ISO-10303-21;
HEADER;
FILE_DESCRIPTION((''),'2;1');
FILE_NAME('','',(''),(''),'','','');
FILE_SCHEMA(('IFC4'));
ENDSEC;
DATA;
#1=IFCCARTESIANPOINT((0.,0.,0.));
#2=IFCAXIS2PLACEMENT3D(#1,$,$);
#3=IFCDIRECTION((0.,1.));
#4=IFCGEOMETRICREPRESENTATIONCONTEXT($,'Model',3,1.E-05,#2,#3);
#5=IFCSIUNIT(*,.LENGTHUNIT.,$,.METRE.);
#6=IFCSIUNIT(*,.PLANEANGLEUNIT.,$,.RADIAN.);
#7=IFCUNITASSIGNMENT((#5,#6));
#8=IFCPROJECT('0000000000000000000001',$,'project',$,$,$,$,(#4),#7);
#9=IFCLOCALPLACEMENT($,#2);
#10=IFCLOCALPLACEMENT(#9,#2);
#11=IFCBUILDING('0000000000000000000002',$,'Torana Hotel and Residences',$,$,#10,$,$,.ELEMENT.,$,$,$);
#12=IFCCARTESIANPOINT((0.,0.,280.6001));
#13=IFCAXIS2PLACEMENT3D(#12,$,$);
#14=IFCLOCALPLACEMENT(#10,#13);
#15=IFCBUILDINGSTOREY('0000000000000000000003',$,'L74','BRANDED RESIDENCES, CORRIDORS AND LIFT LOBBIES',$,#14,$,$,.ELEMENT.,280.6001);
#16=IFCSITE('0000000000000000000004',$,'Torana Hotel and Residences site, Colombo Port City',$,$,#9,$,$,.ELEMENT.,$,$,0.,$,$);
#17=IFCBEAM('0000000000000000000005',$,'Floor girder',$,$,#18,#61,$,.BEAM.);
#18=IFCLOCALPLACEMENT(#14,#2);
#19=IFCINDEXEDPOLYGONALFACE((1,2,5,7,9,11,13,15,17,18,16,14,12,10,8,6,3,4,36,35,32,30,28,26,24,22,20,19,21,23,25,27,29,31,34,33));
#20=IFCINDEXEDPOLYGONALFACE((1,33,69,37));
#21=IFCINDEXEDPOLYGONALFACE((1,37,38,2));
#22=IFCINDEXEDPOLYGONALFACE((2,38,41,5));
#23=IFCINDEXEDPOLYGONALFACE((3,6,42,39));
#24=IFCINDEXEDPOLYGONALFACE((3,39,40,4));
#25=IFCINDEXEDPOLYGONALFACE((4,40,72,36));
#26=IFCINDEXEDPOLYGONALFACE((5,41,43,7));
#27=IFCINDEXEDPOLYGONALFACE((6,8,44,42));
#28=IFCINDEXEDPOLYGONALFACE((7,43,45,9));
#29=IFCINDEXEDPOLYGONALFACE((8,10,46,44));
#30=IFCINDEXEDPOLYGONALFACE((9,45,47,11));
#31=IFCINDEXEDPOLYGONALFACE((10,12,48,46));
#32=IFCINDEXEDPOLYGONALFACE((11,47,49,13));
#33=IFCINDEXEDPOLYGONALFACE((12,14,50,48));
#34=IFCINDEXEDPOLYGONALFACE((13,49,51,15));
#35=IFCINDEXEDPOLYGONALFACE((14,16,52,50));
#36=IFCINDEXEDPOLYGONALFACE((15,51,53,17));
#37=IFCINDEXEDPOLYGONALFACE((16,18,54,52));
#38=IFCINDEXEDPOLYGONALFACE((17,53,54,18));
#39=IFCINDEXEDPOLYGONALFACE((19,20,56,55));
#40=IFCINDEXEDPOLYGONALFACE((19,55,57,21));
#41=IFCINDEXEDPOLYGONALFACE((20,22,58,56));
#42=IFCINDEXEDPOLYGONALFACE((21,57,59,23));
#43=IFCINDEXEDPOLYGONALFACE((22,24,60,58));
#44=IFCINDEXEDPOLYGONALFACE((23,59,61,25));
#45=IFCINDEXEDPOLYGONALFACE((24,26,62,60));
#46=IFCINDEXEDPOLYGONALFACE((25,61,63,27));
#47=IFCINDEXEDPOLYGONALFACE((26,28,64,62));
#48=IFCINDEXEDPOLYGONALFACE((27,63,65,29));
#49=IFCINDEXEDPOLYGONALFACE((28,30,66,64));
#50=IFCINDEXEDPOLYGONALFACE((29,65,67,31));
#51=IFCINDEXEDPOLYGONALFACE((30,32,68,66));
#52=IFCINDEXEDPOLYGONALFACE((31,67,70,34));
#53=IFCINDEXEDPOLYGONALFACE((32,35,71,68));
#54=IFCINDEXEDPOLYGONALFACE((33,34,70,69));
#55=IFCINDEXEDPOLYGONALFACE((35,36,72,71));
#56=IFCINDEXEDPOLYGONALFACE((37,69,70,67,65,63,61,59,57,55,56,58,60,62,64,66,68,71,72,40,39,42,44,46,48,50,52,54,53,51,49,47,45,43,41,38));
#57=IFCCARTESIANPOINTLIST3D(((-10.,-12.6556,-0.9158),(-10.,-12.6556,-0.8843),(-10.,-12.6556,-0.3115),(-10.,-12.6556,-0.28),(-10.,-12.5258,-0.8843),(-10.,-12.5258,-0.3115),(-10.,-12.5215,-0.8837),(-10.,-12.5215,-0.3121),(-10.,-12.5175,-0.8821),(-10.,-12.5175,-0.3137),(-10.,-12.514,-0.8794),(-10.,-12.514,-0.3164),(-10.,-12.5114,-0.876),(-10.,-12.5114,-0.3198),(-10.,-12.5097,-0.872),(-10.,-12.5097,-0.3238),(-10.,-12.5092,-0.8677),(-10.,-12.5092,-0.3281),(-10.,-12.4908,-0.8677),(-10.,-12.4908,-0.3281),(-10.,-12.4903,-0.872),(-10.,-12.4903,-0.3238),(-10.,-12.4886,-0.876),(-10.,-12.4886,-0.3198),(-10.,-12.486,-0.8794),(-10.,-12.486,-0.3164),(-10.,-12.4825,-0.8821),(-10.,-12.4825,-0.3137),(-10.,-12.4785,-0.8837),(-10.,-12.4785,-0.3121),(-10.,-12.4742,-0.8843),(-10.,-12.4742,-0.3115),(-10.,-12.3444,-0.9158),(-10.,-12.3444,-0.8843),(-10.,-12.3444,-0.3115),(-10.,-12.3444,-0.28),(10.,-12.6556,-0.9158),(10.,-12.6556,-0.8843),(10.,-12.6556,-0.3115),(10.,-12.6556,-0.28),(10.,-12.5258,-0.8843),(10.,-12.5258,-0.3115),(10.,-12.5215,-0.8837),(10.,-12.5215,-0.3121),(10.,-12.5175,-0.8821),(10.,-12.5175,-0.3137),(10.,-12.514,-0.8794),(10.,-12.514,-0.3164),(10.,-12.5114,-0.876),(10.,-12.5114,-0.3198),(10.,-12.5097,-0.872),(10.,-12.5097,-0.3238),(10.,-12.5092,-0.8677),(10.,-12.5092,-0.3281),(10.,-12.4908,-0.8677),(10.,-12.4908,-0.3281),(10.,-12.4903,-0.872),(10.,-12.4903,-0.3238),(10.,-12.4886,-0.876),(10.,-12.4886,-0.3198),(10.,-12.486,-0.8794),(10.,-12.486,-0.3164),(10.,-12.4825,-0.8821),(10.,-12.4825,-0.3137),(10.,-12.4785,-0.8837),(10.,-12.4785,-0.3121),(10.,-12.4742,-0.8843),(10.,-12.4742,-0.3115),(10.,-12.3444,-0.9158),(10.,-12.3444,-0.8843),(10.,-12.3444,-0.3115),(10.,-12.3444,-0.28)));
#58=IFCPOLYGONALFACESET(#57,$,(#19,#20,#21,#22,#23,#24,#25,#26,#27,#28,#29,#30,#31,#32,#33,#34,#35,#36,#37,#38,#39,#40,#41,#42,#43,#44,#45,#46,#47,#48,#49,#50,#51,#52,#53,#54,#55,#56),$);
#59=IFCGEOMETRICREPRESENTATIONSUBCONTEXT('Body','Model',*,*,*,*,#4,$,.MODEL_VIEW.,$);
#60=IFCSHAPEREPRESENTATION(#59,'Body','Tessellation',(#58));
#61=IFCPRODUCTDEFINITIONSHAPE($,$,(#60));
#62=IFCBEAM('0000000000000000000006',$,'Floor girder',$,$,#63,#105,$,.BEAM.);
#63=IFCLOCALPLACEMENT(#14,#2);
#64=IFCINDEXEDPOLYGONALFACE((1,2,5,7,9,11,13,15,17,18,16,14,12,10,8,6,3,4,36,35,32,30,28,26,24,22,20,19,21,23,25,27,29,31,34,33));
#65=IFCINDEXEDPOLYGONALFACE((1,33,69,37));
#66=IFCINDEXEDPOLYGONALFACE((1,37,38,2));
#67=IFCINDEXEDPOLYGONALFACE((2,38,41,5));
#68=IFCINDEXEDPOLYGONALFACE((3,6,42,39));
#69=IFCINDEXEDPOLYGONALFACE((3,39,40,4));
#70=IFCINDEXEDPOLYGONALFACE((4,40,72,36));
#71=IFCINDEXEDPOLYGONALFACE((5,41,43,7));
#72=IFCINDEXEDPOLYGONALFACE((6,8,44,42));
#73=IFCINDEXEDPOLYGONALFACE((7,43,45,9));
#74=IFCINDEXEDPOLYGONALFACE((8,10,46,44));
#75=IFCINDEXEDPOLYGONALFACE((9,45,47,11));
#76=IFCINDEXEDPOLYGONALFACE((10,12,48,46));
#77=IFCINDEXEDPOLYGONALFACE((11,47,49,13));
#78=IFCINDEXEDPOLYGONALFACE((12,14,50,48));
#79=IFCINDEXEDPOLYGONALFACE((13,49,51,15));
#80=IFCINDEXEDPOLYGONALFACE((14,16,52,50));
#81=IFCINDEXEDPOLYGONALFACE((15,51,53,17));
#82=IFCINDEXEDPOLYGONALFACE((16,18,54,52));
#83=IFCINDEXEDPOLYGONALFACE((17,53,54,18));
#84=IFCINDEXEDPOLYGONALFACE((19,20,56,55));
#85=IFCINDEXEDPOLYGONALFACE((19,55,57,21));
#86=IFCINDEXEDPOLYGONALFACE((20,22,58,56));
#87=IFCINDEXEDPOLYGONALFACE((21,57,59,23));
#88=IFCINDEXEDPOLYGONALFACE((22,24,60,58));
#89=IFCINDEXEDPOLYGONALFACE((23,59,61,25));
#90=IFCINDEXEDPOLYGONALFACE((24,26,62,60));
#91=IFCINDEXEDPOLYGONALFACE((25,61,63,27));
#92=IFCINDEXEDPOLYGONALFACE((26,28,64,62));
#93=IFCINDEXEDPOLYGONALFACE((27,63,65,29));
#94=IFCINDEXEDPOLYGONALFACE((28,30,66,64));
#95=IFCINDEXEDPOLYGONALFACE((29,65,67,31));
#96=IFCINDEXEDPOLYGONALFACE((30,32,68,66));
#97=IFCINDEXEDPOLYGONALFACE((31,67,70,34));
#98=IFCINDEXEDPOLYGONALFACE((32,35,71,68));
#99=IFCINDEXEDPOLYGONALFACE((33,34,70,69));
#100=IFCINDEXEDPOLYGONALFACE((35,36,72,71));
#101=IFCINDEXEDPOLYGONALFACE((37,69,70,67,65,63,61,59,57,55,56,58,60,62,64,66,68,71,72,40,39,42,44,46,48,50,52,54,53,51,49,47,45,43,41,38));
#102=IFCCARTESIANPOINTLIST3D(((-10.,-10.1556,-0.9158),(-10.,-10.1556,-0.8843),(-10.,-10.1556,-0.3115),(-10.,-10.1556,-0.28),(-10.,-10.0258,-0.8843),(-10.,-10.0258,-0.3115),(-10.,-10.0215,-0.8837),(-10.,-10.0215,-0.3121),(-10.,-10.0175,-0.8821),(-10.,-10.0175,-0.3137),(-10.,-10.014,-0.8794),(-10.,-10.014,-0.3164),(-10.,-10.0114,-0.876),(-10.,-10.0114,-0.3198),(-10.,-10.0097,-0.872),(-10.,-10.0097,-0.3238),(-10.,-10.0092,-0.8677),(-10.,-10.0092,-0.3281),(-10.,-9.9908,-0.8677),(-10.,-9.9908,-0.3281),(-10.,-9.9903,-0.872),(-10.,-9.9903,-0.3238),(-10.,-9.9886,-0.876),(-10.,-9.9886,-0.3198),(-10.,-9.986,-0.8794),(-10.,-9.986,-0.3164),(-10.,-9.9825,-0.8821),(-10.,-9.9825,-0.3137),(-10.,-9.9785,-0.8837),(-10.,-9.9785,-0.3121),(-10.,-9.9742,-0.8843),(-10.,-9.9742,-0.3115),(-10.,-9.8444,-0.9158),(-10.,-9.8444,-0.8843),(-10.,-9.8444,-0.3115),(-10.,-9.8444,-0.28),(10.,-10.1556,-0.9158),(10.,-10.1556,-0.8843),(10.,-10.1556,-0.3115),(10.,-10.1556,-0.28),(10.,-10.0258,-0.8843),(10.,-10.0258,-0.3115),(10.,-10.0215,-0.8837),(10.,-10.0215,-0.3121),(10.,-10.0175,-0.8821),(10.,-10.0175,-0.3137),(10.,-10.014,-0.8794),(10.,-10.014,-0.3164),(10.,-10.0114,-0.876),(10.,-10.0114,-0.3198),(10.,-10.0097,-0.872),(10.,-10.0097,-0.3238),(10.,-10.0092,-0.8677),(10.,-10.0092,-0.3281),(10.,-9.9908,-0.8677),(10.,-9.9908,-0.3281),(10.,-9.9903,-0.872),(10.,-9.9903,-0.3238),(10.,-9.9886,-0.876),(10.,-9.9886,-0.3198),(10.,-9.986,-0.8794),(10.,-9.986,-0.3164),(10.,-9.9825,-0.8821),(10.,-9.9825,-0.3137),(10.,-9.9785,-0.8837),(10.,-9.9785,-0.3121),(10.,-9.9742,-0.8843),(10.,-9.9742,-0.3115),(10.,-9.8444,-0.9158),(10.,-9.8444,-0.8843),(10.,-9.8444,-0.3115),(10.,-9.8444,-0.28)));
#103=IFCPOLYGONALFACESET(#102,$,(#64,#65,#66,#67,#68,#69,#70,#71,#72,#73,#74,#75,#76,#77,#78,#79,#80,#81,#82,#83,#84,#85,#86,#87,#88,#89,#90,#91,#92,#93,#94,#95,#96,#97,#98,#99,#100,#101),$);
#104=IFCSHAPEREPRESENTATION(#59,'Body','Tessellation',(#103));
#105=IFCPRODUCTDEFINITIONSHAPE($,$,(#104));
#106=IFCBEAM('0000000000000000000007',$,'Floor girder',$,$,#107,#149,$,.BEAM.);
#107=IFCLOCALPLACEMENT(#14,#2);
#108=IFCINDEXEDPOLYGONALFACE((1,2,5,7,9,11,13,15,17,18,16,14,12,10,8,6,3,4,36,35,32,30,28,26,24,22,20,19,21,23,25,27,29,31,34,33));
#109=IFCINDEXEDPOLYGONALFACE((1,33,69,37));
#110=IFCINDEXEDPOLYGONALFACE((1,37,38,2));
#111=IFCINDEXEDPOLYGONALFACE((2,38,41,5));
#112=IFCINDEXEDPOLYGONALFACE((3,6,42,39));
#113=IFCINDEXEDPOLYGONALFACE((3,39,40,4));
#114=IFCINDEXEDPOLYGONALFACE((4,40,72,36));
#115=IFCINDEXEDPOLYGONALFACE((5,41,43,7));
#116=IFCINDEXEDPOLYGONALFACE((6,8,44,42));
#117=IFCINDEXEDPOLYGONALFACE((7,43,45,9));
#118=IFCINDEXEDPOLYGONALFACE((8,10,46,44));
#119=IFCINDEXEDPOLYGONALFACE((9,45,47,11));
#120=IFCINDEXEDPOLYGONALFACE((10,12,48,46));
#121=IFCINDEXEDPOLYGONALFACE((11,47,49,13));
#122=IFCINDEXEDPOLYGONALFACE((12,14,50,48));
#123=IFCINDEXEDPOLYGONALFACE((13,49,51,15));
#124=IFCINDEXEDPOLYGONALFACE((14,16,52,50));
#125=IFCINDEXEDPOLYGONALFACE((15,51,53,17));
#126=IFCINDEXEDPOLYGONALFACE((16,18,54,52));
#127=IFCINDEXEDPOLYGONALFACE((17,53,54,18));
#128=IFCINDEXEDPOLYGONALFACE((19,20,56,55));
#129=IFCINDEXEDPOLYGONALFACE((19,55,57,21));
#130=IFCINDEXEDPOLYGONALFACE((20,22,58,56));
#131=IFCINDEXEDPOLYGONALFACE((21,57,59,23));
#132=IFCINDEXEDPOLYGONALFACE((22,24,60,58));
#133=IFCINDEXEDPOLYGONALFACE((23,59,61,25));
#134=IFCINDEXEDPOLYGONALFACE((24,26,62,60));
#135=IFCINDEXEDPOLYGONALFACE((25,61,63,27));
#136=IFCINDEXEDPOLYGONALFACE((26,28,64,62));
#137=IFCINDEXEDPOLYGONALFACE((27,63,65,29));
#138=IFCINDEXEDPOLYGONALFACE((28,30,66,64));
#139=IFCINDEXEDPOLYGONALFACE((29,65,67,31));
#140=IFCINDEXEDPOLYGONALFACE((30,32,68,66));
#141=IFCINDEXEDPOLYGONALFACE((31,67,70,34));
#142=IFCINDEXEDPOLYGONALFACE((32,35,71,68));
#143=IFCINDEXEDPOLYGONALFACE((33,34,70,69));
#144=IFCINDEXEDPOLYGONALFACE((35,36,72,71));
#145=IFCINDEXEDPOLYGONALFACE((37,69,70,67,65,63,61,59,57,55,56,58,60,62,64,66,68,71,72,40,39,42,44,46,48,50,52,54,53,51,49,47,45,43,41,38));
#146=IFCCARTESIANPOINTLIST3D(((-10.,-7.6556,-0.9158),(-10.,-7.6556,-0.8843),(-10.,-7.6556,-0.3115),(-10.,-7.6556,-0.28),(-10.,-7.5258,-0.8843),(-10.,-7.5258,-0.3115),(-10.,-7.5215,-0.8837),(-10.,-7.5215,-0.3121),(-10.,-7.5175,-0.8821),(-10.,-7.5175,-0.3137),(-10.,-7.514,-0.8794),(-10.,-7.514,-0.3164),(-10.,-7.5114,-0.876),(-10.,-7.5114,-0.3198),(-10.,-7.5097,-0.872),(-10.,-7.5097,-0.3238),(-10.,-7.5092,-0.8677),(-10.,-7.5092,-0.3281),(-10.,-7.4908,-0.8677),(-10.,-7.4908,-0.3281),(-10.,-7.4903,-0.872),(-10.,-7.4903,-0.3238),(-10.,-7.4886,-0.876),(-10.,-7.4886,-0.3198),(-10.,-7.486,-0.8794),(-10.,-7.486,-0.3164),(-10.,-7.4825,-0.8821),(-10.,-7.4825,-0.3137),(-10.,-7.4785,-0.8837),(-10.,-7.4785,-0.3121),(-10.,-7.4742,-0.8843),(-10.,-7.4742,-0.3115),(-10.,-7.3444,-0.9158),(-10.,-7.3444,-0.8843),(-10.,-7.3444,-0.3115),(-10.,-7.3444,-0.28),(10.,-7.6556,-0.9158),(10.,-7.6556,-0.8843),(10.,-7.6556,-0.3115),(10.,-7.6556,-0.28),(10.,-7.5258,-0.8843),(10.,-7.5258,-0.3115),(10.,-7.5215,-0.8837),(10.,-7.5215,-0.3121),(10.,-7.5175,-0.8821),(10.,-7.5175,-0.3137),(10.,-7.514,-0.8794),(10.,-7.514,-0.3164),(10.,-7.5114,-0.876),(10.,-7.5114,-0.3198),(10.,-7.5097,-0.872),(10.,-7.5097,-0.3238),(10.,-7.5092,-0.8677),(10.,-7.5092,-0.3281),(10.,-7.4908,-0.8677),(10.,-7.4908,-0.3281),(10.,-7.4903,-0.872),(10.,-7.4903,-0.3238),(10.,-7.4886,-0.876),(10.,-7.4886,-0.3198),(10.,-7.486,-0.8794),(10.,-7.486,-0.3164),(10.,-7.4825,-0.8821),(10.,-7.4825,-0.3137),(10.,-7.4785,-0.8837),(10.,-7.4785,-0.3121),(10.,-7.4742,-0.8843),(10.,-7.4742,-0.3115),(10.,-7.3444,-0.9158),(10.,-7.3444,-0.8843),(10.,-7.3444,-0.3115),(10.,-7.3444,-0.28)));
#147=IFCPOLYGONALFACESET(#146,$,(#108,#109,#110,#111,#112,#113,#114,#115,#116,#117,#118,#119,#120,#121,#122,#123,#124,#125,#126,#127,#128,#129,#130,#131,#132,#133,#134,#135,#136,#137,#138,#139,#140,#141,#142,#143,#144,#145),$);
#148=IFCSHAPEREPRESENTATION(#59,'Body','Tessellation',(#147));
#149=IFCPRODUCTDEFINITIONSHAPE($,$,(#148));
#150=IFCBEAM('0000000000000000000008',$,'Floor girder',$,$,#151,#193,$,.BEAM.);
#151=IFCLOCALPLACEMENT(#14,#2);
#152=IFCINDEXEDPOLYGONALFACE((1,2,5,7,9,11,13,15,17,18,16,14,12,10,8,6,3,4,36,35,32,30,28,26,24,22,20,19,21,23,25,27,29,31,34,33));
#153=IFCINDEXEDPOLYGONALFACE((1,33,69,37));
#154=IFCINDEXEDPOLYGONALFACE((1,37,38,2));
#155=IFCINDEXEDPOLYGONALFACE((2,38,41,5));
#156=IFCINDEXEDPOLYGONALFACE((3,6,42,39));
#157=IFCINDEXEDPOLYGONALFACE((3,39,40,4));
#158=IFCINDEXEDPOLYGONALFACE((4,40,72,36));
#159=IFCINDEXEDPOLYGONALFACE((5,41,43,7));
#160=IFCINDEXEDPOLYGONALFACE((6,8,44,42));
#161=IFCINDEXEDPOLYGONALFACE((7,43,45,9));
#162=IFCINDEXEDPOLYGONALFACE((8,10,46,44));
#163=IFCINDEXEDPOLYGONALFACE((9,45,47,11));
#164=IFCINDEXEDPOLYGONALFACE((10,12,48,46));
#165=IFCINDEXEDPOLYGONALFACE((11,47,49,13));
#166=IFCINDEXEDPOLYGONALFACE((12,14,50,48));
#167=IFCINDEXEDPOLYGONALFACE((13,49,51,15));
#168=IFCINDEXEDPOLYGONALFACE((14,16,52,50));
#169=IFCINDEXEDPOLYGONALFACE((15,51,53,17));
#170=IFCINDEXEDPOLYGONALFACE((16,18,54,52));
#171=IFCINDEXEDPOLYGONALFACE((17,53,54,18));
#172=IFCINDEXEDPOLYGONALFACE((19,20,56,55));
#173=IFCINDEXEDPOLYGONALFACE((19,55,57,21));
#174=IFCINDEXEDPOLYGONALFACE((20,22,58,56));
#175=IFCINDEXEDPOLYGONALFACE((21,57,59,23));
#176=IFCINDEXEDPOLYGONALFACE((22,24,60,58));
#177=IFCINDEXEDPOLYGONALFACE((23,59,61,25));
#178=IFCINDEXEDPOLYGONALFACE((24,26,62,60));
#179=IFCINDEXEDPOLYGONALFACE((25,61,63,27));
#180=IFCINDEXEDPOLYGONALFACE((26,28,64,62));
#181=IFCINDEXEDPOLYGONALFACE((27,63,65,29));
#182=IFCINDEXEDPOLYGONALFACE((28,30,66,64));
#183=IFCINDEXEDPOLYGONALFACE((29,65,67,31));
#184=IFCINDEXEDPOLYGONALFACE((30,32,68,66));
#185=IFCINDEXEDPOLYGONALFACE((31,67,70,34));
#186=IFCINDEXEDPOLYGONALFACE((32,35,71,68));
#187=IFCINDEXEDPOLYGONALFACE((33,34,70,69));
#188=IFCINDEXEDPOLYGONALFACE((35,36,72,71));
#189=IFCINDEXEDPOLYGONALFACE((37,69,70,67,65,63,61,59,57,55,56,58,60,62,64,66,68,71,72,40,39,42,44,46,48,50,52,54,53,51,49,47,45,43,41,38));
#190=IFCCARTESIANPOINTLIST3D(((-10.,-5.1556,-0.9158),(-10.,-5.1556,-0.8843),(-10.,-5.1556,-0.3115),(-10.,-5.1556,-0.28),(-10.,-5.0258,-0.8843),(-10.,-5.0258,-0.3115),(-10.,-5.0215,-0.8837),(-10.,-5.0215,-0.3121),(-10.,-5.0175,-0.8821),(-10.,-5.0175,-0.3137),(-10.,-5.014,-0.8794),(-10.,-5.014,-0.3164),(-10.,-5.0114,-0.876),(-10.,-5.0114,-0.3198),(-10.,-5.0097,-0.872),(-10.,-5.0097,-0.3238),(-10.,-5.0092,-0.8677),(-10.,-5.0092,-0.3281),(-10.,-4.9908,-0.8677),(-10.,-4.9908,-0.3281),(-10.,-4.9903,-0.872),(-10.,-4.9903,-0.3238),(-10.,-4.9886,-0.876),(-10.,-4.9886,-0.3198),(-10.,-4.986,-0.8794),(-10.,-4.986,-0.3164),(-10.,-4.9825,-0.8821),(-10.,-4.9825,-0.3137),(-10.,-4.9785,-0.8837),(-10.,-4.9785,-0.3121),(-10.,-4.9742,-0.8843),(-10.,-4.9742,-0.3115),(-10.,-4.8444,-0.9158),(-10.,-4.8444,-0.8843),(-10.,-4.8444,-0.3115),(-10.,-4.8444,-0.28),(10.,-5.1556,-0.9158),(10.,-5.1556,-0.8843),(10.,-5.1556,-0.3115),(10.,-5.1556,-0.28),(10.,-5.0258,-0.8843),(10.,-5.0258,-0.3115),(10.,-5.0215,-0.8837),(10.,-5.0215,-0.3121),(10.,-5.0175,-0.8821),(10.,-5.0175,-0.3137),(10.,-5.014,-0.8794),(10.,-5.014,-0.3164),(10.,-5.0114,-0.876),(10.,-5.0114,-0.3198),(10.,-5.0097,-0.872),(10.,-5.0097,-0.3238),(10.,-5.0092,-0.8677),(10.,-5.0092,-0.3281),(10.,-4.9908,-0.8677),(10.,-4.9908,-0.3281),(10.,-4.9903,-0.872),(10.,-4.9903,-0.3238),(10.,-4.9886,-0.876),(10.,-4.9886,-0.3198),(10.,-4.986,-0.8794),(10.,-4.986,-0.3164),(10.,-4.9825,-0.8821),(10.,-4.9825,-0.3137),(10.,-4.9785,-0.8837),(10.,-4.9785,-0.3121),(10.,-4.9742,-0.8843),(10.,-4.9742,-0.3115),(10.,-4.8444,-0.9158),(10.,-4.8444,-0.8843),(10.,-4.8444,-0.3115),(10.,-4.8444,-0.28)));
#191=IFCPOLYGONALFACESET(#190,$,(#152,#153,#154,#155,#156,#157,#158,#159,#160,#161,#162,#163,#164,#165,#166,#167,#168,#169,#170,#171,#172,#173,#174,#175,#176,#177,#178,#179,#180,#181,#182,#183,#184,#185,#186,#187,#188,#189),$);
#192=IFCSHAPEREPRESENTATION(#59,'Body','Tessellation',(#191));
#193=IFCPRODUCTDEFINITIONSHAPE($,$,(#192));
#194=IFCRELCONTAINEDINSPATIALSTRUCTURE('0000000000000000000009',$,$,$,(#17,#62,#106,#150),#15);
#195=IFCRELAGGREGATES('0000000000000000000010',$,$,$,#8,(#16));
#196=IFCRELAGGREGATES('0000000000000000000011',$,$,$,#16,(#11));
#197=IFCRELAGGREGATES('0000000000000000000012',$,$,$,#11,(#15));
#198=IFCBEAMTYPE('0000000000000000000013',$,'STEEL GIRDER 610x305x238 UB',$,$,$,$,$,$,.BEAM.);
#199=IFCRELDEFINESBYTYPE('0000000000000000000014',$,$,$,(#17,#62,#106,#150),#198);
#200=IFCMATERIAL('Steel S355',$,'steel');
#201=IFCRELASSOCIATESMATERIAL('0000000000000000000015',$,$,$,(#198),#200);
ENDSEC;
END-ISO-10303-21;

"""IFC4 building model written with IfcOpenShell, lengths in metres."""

from ifc_helpers import new_model, si_unit, direction, frame, origin, origin_2d, place, context, subcontext, project, spatial, i_section, extrude, material, material_profile, profile_set, type_object, element, save


model = new_model("IFC4")

# Units and contexts
model_context = context("Model", 3, precision=1e-05, world=origin(), true_north=direction((0.0, 1.0)))
body_context = subcontext(model_context, "Body", "Model", "MODEL_VIEW")
ifc_project = project(units=[si_unit("LENGTHUNIT", "METRE"), si_unit("PLANEANGLEUNIT", "RADIAN")], contexts=[model_context])

# Site, building, storey
site_placement = place(None, origin())
site = spatial("IfcSite", under=ifc_project, at=site_placement, Name="Torana Hotel and Residences site, Colombo Port City", CompositionType="ELEMENT", RefElevation=0.0)
building_placement = place(site_placement, origin())
building = spatial("IfcBuilding", under=site, at=building_placement, Name="Torana Hotel and Residences", CompositionType="ELEMENT")
storey_placement = place(building_placement, frame((0.0, 0.0, 280.6001)))
storey = spatial("IfcBuildingStorey", under=building, at=storey_placement, Name="L74", Description="BRANDED RESIDENCES, CORRIDORS AND LIFT LOBBIES", CompositionType="ELEMENT", Elevation=280.6001)

# Beams
ifc_material_1 = material(Name="Steel S355", Category="steel")
ifc_material_profile = material_profile(ifc_material_1, i_section(OverallWidth=0.3113, OverallDepth=0.6357, WebThickness=0.0183, FlangeThickness=0.0315, FilletRadius=0.0166, at=origin_2d()), Name="610x305x238 UB")
ifc_profile_set = profile_set([ifc_material_profile], Name="Steel S355")
beam_type = type_object("IfcBeamType", Name="STEEL GIRDER 610x305x238 UB", PredefinedType="BEAM", material=ifc_profile_set)
for number, where, z_axis, x_axis, name in (
    (1, (-10.0, -12.5, -0.5979), (1.0, 0.0, 0.0), (0.0, 1.0, 0.0), "Floor girder"),
    (2, (-10.0, -10.0, -0.5979), (1.0, 0.0, 0.0), (0.0, 1.0, 0.0), "Floor girder"),
    (3, (-10.0, -7.5, -0.5979), (1.0, 0.0, 0.0), (0.0, 1.0, 0.0), "Floor girder"),
    (4, (-10.0, -5.0, -0.5979), (1.0, 0.0, 0.0), (0.0, 1.0, 0.0), "Floor girder"),
):
    element("IfcBeam", number, at=place(storey_placement, frame(where, z_axis=z_axis, x_axis=x_axis)), inside=storey, type_object=beam_type, Name=name, PredefinedType="BEAM", context=body_context, shape_type="SweptSolid", body=[
        extrude(i_section(OverallWidth=0.3113, OverallDepth=0.6357, WebThickness=0.0183, FlangeThickness=0.0315, FilletRadius=0.0166, at=origin_2d()), origin(), (0.0, 0.0, 1.0), 20.0),
    ])

save(model, "model.ifc")
